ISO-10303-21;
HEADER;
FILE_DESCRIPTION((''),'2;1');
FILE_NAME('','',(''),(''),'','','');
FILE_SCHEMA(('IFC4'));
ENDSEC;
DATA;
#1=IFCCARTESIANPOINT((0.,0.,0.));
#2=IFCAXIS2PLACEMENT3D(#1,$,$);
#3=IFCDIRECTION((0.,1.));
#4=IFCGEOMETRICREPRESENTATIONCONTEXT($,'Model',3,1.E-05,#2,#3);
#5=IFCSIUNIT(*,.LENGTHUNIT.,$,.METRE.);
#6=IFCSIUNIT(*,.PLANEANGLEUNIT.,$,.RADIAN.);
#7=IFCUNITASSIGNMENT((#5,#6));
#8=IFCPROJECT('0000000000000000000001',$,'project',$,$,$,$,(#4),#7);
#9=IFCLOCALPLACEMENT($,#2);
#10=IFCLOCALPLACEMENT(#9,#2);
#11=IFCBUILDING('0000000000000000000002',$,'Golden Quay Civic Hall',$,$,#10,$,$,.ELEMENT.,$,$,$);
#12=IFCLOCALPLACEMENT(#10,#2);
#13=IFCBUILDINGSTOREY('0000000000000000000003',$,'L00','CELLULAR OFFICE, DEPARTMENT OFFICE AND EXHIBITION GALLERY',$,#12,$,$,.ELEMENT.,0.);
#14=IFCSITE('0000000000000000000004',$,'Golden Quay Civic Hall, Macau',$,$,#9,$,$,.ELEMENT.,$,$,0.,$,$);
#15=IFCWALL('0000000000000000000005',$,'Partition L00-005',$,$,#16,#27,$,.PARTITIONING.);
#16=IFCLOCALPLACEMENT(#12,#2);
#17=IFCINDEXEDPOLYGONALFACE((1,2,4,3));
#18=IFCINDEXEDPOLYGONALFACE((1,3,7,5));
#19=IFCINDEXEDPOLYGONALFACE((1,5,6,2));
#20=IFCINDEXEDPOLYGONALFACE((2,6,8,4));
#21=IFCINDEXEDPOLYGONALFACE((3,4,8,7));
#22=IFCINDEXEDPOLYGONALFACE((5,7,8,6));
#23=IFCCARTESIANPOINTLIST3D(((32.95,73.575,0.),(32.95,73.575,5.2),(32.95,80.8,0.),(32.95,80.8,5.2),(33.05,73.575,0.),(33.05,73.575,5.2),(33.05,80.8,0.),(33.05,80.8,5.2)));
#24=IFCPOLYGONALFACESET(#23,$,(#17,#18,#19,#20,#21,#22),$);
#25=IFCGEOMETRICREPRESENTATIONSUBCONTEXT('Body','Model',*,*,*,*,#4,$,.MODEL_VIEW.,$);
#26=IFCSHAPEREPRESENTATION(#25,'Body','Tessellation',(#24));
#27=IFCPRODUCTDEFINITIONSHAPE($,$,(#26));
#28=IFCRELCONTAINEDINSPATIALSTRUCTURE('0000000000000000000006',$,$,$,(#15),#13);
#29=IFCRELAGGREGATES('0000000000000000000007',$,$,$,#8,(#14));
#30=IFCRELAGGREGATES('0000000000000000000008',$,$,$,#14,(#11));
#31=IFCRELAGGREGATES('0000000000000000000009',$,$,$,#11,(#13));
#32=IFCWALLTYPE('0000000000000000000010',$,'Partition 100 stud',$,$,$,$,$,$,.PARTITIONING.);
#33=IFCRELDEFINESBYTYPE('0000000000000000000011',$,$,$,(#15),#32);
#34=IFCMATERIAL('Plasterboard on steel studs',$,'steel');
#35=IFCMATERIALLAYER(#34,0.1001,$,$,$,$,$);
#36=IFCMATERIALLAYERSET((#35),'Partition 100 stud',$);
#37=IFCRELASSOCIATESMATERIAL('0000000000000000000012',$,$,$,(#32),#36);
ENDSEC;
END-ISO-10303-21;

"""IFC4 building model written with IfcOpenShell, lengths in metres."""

from ifc_helpers import new_model, si_unit, direction, frame, frame_2d, origin, place, context, subcontext, project, spatial, rectangle, extrude, material, layer, layer_set, type_object, element, save


model = new_model("IFC4")

# Units and contexts
model_context = context("Model", 3, precision=1e-05, world=origin(), true_north=direction((0.0, 1.0)))
body_context = subcontext(model_context, "Body", "Model", "MODEL_VIEW")
ifc_project = project(units=[si_unit("LENGTHUNIT", "METRE"), si_unit("PLANEANGLEUNIT", "RADIAN")], contexts=[model_context])

# Site, building, storey
site_placement = place(None, origin())
site = spatial("IfcSite", under=ifc_project, at=site_placement, Name="Golden Quay Civic Hall, Macau", CompositionType="ELEMENT", RefElevation=0.0)
building_placement = place(site_placement, origin())
building = spatial("IfcBuilding", under=site, at=building_placement, Name="Golden Quay Civic Hall", CompositionType="ELEMENT")
storey_placement = place(building_placement, origin())
storey = spatial("IfcBuildingStorey", under=building, at=storey_placement, Name="L00", Description="CELLULAR OFFICE, DEPARTMENT OFFICE AND EXHIBITION GALLERY", CompositionType="ELEMENT", Elevation=0.0)

# Wall
ifc_material_1 = material(Name="Plasterboard on steel studs", Category="steel")
ifc_layer_1 = layer(ifc_material_1, 0.1001)
ifc_layer_set_1 = layer_set([ifc_layer_1], Name="Partition 100 stud")
wall_type_1 = type_object("IfcWallType", Name="Partition 100 stud", PredefinedType="PARTITIONING", material=ifc_layer_set_1)
for number, where, z_axis, x_axis, name in (
    (1, (33.0, 73.575, 0.0), (0.0, 0.0, 1.0), (0.0, 1.0, 0.0), "Partition L00-005"),
):
    element("IfcWall", number, at=place(storey_placement, frame(where, z_axis=z_axis, x_axis=x_axis)), inside=storey, type_object=wall_type_1, Name=name, PredefinedType="PARTITIONING", context=body_context, shape_type="SweptSolid", body=[
        extrude(rectangle(XDim=7.2251, YDim=0.1001, at=frame_2d((3.6125, 0.0))), origin(), (0.0, 0.0, 1.0), 5.2),
    ])

save(model, "model.ifc")
